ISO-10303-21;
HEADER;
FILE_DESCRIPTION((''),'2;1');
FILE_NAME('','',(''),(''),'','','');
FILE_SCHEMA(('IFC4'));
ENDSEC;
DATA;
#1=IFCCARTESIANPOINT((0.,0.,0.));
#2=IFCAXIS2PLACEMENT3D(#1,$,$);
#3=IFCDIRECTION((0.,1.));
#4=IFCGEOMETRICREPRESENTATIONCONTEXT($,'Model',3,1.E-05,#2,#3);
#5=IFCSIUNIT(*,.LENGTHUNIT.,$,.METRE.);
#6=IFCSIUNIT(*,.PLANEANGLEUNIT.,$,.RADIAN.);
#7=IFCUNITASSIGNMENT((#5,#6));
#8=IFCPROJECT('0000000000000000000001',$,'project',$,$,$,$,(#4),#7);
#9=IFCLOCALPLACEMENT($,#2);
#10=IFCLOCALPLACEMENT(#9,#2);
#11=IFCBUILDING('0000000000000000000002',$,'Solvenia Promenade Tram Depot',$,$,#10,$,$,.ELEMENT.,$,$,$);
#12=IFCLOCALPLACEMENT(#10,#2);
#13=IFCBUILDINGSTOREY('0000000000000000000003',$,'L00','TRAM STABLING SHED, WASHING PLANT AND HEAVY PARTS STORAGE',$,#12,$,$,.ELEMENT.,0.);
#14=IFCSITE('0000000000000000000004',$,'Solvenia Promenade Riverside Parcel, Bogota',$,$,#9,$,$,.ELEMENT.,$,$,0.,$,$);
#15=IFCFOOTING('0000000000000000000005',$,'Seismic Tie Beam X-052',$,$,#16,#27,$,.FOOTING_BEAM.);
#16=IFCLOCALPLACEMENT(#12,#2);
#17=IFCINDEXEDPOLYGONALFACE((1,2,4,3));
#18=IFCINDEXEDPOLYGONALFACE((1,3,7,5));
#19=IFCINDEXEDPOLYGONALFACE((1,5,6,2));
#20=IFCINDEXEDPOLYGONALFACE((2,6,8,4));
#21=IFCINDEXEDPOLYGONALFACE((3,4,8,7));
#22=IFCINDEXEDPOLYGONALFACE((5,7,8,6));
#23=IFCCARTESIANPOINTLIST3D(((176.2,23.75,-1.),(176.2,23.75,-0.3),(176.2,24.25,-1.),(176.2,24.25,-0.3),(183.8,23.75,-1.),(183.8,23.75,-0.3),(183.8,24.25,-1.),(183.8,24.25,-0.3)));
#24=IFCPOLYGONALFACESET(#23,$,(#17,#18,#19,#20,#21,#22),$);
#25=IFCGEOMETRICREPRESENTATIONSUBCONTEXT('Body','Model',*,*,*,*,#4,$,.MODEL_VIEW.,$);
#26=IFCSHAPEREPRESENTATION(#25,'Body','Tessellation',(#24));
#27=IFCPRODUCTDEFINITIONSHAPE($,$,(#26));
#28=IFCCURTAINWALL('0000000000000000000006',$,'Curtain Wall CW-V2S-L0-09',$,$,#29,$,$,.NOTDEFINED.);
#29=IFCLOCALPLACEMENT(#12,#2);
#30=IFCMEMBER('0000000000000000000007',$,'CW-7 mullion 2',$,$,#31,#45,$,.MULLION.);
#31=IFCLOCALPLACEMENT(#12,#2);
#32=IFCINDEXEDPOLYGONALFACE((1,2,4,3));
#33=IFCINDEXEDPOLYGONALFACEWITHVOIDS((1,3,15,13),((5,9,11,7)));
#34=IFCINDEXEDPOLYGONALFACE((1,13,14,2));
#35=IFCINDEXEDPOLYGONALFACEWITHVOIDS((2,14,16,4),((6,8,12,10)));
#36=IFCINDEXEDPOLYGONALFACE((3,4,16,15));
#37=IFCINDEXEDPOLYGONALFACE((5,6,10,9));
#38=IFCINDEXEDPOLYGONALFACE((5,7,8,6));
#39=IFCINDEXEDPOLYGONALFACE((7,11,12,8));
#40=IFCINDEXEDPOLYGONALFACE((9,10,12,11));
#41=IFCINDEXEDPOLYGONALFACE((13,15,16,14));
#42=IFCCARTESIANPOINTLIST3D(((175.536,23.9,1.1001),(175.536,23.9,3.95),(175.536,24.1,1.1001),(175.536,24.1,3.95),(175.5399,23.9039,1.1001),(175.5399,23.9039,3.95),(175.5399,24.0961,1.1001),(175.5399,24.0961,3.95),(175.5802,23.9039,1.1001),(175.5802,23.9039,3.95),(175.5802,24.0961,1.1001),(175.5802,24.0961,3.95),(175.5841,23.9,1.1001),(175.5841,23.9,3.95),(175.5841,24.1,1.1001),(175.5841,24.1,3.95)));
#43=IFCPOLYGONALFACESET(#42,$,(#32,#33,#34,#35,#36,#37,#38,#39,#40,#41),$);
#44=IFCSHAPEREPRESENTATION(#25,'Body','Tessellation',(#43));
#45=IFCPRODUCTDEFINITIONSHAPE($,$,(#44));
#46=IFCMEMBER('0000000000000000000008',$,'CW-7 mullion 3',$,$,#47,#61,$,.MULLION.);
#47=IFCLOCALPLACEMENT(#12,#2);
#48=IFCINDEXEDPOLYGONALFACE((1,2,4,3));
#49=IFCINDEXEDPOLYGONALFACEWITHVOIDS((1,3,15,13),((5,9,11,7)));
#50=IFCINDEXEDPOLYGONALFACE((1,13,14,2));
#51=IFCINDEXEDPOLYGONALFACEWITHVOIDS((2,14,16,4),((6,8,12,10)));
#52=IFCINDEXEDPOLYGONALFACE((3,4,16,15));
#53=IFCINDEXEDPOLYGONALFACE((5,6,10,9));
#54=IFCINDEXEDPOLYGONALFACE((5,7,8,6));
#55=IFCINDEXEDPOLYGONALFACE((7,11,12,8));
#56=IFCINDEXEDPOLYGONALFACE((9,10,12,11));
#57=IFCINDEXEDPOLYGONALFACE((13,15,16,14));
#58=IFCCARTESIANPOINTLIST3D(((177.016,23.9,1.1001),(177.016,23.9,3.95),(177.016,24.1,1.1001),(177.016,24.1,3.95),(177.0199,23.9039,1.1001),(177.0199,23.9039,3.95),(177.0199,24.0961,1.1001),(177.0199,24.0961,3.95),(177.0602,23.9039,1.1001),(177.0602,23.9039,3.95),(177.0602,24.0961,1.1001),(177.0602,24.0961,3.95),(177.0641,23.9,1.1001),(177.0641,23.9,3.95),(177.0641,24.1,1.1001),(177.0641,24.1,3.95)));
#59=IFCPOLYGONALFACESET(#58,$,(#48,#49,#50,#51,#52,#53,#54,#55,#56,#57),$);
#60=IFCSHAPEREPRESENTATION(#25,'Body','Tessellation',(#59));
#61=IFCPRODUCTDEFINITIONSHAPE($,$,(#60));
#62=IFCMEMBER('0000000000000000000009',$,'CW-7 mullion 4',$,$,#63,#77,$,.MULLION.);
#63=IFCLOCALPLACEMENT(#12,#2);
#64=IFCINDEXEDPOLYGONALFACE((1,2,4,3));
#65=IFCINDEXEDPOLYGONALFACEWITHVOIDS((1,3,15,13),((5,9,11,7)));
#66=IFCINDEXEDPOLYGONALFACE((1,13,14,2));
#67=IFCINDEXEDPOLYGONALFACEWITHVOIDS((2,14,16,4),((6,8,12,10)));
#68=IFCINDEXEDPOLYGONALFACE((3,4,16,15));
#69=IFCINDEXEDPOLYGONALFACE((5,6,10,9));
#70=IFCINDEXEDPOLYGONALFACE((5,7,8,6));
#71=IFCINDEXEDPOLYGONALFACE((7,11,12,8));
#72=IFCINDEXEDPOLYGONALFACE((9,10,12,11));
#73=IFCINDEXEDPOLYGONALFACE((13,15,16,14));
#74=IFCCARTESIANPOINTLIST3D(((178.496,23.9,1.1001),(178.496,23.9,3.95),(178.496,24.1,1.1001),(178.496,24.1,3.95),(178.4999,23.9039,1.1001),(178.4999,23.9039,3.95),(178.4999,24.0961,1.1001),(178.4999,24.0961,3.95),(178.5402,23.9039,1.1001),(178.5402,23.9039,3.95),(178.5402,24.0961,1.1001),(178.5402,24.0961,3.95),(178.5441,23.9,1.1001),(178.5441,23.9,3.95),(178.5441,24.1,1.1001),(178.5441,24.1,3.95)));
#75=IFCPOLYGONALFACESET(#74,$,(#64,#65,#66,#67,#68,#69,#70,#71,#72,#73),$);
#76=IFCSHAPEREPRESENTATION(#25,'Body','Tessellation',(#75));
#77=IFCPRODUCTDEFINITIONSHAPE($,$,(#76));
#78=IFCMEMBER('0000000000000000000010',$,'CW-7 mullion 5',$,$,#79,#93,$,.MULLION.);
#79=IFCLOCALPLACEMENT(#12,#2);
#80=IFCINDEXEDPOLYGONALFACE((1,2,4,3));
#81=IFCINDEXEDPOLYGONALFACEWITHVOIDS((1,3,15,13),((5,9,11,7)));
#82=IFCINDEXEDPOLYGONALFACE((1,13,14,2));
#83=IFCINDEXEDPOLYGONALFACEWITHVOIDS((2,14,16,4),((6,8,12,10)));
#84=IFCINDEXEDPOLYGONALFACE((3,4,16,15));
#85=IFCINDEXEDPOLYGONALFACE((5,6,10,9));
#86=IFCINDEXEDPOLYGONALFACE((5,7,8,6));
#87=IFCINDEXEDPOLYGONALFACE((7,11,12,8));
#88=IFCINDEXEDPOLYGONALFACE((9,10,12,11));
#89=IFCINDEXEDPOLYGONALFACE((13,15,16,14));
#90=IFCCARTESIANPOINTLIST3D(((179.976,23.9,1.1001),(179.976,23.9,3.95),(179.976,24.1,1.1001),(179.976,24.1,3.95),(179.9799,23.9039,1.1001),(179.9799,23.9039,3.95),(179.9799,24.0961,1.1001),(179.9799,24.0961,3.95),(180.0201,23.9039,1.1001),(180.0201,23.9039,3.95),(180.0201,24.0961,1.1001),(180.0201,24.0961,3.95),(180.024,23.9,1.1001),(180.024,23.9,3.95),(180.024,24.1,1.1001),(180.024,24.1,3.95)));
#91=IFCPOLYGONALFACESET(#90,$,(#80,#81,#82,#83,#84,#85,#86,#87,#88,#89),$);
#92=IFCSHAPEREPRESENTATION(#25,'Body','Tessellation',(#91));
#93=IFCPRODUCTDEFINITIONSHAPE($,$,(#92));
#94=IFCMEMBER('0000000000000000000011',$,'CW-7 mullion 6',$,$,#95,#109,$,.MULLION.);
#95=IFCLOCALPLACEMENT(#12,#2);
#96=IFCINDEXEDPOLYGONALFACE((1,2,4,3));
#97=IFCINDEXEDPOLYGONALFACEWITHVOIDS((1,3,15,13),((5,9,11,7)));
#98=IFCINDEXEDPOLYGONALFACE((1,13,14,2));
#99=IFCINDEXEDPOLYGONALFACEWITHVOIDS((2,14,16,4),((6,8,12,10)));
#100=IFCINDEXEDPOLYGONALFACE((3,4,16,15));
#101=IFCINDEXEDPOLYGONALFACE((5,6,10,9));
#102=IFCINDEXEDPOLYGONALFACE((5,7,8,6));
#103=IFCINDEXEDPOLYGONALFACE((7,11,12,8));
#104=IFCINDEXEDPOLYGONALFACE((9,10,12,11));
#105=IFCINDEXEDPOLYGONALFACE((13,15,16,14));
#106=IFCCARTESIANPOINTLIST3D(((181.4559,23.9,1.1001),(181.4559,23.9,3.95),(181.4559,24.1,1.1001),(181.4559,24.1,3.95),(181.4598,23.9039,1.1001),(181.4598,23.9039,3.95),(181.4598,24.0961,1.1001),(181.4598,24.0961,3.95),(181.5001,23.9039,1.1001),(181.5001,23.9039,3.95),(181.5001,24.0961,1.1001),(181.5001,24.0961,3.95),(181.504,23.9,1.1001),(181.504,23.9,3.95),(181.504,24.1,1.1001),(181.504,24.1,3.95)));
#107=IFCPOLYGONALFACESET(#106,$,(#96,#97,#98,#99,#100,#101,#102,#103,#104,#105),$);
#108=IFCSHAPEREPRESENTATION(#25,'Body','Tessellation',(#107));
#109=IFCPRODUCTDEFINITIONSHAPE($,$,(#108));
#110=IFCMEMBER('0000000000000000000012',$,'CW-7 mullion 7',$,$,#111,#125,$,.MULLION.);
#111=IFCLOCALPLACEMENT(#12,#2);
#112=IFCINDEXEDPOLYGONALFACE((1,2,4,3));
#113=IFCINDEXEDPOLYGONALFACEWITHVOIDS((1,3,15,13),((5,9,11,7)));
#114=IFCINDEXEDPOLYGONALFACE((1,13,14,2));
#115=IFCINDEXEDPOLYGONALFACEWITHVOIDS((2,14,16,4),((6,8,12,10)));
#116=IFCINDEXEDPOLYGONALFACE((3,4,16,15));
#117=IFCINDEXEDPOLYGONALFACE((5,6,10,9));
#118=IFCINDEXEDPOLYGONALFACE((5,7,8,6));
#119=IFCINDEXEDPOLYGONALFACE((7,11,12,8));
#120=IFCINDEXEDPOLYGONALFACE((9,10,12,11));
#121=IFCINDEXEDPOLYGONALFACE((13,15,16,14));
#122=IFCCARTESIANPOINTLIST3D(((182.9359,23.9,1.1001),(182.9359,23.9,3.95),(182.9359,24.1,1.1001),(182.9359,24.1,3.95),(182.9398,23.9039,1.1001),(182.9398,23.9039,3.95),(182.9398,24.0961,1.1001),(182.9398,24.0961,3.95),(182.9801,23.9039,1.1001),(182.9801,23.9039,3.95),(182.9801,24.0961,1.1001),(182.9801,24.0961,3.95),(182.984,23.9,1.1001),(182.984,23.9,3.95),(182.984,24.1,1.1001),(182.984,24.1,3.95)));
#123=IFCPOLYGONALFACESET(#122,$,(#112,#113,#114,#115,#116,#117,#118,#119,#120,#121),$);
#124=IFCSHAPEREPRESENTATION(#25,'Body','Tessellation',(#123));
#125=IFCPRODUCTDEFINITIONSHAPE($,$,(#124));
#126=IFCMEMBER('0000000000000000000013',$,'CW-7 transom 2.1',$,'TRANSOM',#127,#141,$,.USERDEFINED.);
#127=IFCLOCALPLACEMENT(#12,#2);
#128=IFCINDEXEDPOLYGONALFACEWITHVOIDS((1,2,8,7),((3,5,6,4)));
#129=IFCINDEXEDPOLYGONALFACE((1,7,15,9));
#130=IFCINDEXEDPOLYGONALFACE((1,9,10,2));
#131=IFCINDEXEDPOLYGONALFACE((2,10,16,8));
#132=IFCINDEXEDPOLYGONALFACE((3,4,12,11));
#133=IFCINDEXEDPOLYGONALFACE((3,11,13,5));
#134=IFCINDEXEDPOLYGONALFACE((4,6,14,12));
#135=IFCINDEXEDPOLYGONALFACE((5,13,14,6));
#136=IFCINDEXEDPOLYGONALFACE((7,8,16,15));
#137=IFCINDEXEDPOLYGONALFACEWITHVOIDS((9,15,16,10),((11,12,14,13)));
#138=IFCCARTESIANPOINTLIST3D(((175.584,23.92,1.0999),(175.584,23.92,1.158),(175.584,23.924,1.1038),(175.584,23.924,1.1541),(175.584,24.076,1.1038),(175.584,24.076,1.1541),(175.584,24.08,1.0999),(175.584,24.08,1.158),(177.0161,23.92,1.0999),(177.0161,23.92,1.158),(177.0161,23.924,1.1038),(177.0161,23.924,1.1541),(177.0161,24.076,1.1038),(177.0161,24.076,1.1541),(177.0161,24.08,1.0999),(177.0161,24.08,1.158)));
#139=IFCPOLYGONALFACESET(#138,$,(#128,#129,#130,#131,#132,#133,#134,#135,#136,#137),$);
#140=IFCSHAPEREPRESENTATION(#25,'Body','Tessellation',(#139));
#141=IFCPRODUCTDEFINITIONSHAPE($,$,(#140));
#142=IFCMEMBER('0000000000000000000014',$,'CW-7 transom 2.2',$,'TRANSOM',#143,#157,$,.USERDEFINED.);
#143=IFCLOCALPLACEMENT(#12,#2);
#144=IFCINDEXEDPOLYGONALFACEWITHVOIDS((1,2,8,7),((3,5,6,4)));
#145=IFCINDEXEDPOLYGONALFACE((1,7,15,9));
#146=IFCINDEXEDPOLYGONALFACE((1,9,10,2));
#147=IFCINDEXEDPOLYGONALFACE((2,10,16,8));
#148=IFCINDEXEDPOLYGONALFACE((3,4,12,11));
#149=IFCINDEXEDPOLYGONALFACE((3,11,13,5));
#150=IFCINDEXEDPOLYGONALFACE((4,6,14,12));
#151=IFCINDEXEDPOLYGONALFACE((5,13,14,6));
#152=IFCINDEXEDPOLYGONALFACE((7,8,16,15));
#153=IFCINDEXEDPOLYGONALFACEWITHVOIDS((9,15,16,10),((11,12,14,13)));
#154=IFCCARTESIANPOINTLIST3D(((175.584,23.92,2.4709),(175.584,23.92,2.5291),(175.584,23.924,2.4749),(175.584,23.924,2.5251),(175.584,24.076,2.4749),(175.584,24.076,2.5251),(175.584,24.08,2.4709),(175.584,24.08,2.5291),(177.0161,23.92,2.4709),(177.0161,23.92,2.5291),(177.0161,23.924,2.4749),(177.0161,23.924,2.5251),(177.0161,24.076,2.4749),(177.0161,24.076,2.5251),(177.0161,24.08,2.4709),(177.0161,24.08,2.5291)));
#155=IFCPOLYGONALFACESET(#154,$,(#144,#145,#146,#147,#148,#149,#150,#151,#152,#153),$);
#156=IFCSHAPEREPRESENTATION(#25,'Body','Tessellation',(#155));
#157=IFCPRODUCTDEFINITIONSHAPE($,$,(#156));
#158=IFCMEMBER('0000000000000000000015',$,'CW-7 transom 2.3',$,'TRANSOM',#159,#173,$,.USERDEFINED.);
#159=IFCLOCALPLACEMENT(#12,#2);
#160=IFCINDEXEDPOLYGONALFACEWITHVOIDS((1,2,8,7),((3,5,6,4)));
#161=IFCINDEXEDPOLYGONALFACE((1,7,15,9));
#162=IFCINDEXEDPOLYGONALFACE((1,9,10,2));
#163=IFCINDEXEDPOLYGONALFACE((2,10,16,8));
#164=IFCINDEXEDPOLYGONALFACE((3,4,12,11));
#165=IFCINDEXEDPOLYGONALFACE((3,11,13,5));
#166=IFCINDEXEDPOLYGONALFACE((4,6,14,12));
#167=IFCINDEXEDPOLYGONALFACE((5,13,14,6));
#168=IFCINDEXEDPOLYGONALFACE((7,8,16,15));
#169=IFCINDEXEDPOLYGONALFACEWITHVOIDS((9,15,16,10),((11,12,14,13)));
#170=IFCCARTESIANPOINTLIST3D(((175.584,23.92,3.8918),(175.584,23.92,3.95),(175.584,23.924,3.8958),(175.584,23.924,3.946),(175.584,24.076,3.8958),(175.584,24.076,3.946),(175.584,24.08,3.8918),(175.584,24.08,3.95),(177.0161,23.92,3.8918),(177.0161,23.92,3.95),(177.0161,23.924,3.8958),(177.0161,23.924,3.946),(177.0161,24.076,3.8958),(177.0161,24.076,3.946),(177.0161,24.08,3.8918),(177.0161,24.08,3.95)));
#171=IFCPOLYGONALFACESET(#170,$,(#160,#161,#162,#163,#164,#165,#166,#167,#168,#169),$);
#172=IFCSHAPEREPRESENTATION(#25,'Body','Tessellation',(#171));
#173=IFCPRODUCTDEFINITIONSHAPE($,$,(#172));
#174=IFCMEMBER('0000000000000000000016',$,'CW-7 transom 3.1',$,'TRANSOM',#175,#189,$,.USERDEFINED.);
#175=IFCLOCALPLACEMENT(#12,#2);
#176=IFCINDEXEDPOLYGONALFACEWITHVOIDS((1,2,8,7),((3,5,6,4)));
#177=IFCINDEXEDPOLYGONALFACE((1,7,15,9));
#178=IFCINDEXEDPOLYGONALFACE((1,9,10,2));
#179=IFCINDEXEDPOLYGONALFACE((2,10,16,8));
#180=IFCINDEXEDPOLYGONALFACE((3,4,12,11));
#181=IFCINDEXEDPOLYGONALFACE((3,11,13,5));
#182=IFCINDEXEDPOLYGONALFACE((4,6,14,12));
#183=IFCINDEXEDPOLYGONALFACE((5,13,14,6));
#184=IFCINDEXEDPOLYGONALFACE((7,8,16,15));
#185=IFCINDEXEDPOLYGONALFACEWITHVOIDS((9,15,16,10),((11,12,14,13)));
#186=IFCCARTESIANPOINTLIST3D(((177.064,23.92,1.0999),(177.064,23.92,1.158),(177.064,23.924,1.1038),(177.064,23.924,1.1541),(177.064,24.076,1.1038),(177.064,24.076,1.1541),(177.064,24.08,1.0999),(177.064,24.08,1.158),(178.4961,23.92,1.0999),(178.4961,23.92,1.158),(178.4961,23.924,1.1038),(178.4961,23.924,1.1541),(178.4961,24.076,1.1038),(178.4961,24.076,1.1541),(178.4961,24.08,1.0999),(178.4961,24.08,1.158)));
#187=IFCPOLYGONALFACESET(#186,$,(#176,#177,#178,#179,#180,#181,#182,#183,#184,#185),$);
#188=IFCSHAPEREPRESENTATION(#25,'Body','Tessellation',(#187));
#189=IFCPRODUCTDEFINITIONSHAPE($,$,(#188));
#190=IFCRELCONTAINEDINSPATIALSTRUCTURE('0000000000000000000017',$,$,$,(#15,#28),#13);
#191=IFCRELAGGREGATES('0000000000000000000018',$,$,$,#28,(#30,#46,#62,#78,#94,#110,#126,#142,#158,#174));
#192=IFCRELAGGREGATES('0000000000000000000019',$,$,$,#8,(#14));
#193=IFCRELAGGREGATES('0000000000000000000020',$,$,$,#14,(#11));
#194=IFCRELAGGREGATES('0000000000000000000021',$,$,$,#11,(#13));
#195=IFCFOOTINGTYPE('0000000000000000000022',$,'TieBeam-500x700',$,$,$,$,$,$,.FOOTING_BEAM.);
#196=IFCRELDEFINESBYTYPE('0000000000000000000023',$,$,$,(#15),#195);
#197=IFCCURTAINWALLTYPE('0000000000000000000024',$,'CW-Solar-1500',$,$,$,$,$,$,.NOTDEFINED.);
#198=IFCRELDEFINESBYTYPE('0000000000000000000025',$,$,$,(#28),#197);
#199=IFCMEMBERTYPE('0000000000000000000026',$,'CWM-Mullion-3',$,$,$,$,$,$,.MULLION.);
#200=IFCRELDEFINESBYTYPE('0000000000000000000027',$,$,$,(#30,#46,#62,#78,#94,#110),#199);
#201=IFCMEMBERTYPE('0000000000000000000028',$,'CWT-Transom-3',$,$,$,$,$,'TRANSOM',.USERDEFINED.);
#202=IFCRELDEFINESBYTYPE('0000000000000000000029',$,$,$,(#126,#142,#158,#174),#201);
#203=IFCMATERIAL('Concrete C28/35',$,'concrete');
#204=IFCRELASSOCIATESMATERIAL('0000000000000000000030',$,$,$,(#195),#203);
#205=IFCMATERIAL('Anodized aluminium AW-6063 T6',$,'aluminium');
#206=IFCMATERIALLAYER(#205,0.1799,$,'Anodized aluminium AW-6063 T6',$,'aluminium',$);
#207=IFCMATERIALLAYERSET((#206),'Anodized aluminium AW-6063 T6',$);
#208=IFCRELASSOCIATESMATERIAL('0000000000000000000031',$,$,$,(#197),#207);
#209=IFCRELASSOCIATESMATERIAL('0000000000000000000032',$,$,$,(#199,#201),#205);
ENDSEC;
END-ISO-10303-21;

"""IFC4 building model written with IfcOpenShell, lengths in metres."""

from ifc_helpers import new_model, si_unit, direction, frame, origin, origin_2d, place, context, subcontext, project, spatial, rectangle, hollow_rectangle, extrude, material, layer, layer_set, material_profile, profile_set, type_object, element, aggregate, save


model = new_model("IFC4")

# Units and contexts
model_context = context("Model", 3, precision=1e-05, world=origin(), true_north=direction((0.0, 1.0)))
body_context = subcontext(model_context, "Body", "Model", "MODEL_VIEW")
ifc_project = project(units=[si_unit("LENGTHUNIT", "METRE"), si_unit("PLANEANGLEUNIT", "RADIAN")], contexts=[model_context])

# Site, building, storey
site_placement = place(None, origin())
site = spatial("IfcSite", under=ifc_project, at=site_placement, Name="Solvenia Promenade Riverside Parcel, Bogota", CompositionType="ELEMENT", RefElevation=0.0)
building_placement = place(site_placement, origin())
building = spatial("IfcBuilding", under=site, at=building_placement, Name="Solvenia Promenade Tram Depot", CompositionType="ELEMENT")
storey_placement = place(building_placement, origin())
storey = spatial("IfcBuildingStorey", under=building, at=storey_placement, Name="L00", Description="TRAM STABLING SHED, WASHING PLANT AND HEAVY PARTS STORAGE", CompositionType="ELEMENT", Elevation=0.0)

# Footing
ifc_material_1 = material(Name="Concrete C28/35", Category="concrete")
footing_type = type_object("IfcFootingType", Name="TieBeam-500x700", PredefinedType="FOOTING_BEAM", material=ifc_material_1)
footing_placement = place(storey_placement, frame((180.0, 24.0, -1.0), z_axis=(0.0, 0.0, 1.0), x_axis=(1.0, 0.0, 0.0)))
element("IfcFooting", 1, at=footing_placement, inside=storey, type_object=footing_type, Name="Seismic Tie Beam X-052", PredefinedType="FOOTING_BEAM", context=body_context, shape_type="SweptSolid", body=[
    extrude(rectangle(XDim=7.6001, YDim=0.5, at=origin_2d()), origin(), (0.0, 0.0, 1.0), 0.7),
])

# Curtain wall, members
ifc_material_2 = material(Name="Anodized aluminium AW-6063 T6", Category="aluminium")
ifc_layer_1 = layer(ifc_material_2, 0.1799, Name="Anodized aluminium AW-6063 T6", Category="aluminium")
ifc_layer_set_1 = layer_set([ifc_layer_1], Name="Anodized aluminium AW-6063 T6")
curtain_wall_type = type_object("IfcCurtainWallType", Name="CW-Solar-1500", PredefinedType="NOTDEFINED", material=ifc_layer_set_1)
curtain_wall_placement = place(storey_placement, origin())
curtain_wall = element("IfcCurtainWall", 2, at=curtain_wall_placement, inside=storey, type_object=curtain_wall_type, Name="Curtain Wall CW-V2S-L0-09", PredefinedType="NOTDEFINED")
ifc_material_profile_1 = material_profile(ifc_material_2, hollow_rectangle(XDim=0.2, YDim=0.0481, WallThickness=0.0039, at=origin_2d()), Name="ALU-M3", Category="aluminium")
ifc_profile_set_1 = profile_set([ifc_material_profile_1], Name="Anodized aluminium AW-6063 T6")
member_type_1 = type_object("IfcMemberType", Name="CWM-Mullion-3", PredefinedType="MULLION", material=ifc_profile_set_1)
member_1_placement = place(storey_placement, frame((175.5601, 24.0, 1.1001), z_axis=(0.0, 0.0, 1.0), x_axis=(0.0, 1.0, 0.0)))
member_1 = element("IfcMember", 3, at=member_1_placement, type_object=member_type_1, Name="CW-7 mullion 2", PredefinedType="MULLION", context=body_context, shape_type="SweptSolid", body=[
    extrude(hollow_rectangle(XDim=0.2, YDim=0.0481, WallThickness=0.0039, at=origin_2d()), origin(), (0.0, 0.0, 1.0), 2.8499),
])
member_2_placement = place(storey_placement, frame((177.04, 24.0, 1.1001), z_axis=(0.0, 0.0, 1.0), x_axis=(0.0, 1.0, 0.0)))
member_2 = element("IfcMember", 4, at=member_2_placement, type_object=member_type_1, Name="CW-7 mullion 3", PredefinedType="MULLION", context=body_context, shape_type="SweptSolid", body=[
    extrude(hollow_rectangle(XDim=0.2, YDim=0.0481, WallThickness=0.0039, at=origin_2d()), origin(), (0.0, 0.0, 1.0), 2.8499),
])
member_3_placement = place(storey_placement, frame((178.52, 24.0, 1.1001), z_axis=(0.0, 0.0, 1.0), x_axis=(0.0, 1.0, 0.0)))
member_3 = element("IfcMember", 5, at=member_3_placement, type_object=member_type_1, Name="CW-7 mullion 4", PredefinedType="MULLION", context=body_context, shape_type="SweptSolid", body=[
    extrude(hollow_rectangle(XDim=0.2, YDim=0.0481, WallThickness=0.0039, at=origin_2d()), origin(), (0.0, 0.0, 1.0), 2.8499),
])
member_4_placement = place(storey_placement, frame((180.0, 24.0, 1.1001), z_axis=(0.0, 0.0, 1.0), x_axis=(0.0, 1.0, 0.0)))
member_4 = element("IfcMember", 6, at=member_4_placement, type_object=member_type_1, Name="CW-7 mullion 5", PredefinedType="MULLION", context=body_context, shape_type="SweptSolid", body=[
    extrude(hollow_rectangle(XDim=0.2, YDim=0.0481, WallThickness=0.0039, at=origin_2d()), origin(), (0.0, 0.0, 1.0), 2.8499),
])
member_5_placement = place(storey_placement, frame((181.48, 24.0, 1.1001), z_axis=(0.0, 0.0, 1.0), x_axis=(0.0, 1.0, 0.0)))
member_5 = element("IfcMember", 7, at=member_5_placement, type_object=member_type_1, Name="CW-7 mullion 6", PredefinedType="MULLION", context=body_context, shape_type="SweptSolid", body=[
    extrude(hollow_rectangle(XDim=0.2, YDim=0.0481, WallThickness=0.0039, at=origin_2d()), origin(), (0.0, 0.0, 1.0), 2.8499),
])
member_6_placement = place(storey_placement, frame((182.96, 24.0, 1.1001), z_axis=(0.0, 0.0, 1.0), x_axis=(0.0, 1.0, 0.0)))
member_6 = element("IfcMember", 8, at=member_6_placement, type_object=member_type_1, Name="CW-7 mullion 7", PredefinedType="MULLION", context=body_context, shape_type="SweptSolid", body=[
    extrude(hollow_rectangle(XDim=0.2, YDim=0.0481, WallThickness=0.0039, at=origin_2d()), origin(), (0.0, 0.0, 1.0), 2.8499),
])
ifc_material_profile_2 = material_profile(ifc_material_2, hollow_rectangle(XDim=0.1599, YDim=0.0581, WallThickness=0.0039, at=origin_2d()), Name="ALU-T3", Category="aluminium")
ifc_profile_set_2 = profile_set([ifc_material_profile_2], Name="Anodized aluminium AW-6063 T6")
member_type_2 = type_object("IfcMemberType", Name="CWT-Transom-3", ElementType="TRANSOM", PredefinedType="USERDEFINED", material=ifc_profile_set_2)
member_7_placement = place(storey_placement, frame((175.584, 24.0, 1.1289), z_axis=(1.0, 0.0, 0.0), x_axis=(0.0, 1.0, 0.0)))
member_7 = element("IfcMember", 9, at=member_7_placement, type_object=member_type_2, Name="CW-7 transom 2.1", ObjectType="TRANSOM", PredefinedType="USERDEFINED", context=body_context, shape_type="SweptSolid", body=[
    extrude(hollow_rectangle(XDim=0.1599, YDim=0.0581, WallThickness=0.0039, at=origin_2d()), origin(), (0.0, 0.0, 1.0), 1.4321),
])
member_8_placement = place(storey_placement, frame((175.584, 24.0, 2.5), z_axis=(1.0, 0.0, 0.0), x_axis=(0.0, 1.0, 0.0)))
member_8 = element("IfcMember", 10, at=member_8_placement, type_object=member_type_2, Name="CW-7 transom 2.2", ObjectType="TRANSOM", PredefinedType="USERDEFINED", context=body_context, shape_type="SweptSolid", body=[
    extrude(hollow_rectangle(XDim=0.1599, YDim=0.0581, WallThickness=0.0039, at=origin_2d()), origin(), (0.0, 0.0, 1.0), 1.4321),
])
member_9_placement = place(storey_placement, frame((175.584, 24.0, 3.9209), z_axis=(1.0, 0.0, 0.0), x_axis=(0.0, 1.0, 0.0)))
member_9 = element("IfcMember", 11, at=member_9_placement, type_object=member_type_2, Name="CW-7 transom 2.3", ObjectType="TRANSOM", PredefinedType="USERDEFINED", context=body_context, shape_type="SweptSolid", body=[
    extrude(hollow_rectangle(XDim=0.1599, YDim=0.0581, WallThickness=0.0039, at=origin_2d()), origin(), (0.0, 0.0, 1.0), 1.4321),
])
member_10_placement = place(storey_placement, frame((177.064, 24.0, 1.1289), z_axis=(1.0, 0.0, 0.0), x_axis=(0.0, 1.0, 0.0)))
member_10 = element("IfcMember", 12, at=member_10_placement, type_object=member_type_2, Name="CW-7 transom 3.1", ObjectType="TRANSOM", PredefinedType="USERDEFINED", context=body_context, shape_type="SweptSolid", body=[
    extrude(hollow_rectangle(XDim=0.1599, YDim=0.0581, WallThickness=0.0039, at=origin_2d()), origin(), (0.0, 0.0, 1.0), 1.4321),
])
aggregate(curtain_wall, [member_1, member_2, member_3, member_4, member_5, member_6, member_7, member_8, member_9, member_10])

save(model, "model.ifc")
